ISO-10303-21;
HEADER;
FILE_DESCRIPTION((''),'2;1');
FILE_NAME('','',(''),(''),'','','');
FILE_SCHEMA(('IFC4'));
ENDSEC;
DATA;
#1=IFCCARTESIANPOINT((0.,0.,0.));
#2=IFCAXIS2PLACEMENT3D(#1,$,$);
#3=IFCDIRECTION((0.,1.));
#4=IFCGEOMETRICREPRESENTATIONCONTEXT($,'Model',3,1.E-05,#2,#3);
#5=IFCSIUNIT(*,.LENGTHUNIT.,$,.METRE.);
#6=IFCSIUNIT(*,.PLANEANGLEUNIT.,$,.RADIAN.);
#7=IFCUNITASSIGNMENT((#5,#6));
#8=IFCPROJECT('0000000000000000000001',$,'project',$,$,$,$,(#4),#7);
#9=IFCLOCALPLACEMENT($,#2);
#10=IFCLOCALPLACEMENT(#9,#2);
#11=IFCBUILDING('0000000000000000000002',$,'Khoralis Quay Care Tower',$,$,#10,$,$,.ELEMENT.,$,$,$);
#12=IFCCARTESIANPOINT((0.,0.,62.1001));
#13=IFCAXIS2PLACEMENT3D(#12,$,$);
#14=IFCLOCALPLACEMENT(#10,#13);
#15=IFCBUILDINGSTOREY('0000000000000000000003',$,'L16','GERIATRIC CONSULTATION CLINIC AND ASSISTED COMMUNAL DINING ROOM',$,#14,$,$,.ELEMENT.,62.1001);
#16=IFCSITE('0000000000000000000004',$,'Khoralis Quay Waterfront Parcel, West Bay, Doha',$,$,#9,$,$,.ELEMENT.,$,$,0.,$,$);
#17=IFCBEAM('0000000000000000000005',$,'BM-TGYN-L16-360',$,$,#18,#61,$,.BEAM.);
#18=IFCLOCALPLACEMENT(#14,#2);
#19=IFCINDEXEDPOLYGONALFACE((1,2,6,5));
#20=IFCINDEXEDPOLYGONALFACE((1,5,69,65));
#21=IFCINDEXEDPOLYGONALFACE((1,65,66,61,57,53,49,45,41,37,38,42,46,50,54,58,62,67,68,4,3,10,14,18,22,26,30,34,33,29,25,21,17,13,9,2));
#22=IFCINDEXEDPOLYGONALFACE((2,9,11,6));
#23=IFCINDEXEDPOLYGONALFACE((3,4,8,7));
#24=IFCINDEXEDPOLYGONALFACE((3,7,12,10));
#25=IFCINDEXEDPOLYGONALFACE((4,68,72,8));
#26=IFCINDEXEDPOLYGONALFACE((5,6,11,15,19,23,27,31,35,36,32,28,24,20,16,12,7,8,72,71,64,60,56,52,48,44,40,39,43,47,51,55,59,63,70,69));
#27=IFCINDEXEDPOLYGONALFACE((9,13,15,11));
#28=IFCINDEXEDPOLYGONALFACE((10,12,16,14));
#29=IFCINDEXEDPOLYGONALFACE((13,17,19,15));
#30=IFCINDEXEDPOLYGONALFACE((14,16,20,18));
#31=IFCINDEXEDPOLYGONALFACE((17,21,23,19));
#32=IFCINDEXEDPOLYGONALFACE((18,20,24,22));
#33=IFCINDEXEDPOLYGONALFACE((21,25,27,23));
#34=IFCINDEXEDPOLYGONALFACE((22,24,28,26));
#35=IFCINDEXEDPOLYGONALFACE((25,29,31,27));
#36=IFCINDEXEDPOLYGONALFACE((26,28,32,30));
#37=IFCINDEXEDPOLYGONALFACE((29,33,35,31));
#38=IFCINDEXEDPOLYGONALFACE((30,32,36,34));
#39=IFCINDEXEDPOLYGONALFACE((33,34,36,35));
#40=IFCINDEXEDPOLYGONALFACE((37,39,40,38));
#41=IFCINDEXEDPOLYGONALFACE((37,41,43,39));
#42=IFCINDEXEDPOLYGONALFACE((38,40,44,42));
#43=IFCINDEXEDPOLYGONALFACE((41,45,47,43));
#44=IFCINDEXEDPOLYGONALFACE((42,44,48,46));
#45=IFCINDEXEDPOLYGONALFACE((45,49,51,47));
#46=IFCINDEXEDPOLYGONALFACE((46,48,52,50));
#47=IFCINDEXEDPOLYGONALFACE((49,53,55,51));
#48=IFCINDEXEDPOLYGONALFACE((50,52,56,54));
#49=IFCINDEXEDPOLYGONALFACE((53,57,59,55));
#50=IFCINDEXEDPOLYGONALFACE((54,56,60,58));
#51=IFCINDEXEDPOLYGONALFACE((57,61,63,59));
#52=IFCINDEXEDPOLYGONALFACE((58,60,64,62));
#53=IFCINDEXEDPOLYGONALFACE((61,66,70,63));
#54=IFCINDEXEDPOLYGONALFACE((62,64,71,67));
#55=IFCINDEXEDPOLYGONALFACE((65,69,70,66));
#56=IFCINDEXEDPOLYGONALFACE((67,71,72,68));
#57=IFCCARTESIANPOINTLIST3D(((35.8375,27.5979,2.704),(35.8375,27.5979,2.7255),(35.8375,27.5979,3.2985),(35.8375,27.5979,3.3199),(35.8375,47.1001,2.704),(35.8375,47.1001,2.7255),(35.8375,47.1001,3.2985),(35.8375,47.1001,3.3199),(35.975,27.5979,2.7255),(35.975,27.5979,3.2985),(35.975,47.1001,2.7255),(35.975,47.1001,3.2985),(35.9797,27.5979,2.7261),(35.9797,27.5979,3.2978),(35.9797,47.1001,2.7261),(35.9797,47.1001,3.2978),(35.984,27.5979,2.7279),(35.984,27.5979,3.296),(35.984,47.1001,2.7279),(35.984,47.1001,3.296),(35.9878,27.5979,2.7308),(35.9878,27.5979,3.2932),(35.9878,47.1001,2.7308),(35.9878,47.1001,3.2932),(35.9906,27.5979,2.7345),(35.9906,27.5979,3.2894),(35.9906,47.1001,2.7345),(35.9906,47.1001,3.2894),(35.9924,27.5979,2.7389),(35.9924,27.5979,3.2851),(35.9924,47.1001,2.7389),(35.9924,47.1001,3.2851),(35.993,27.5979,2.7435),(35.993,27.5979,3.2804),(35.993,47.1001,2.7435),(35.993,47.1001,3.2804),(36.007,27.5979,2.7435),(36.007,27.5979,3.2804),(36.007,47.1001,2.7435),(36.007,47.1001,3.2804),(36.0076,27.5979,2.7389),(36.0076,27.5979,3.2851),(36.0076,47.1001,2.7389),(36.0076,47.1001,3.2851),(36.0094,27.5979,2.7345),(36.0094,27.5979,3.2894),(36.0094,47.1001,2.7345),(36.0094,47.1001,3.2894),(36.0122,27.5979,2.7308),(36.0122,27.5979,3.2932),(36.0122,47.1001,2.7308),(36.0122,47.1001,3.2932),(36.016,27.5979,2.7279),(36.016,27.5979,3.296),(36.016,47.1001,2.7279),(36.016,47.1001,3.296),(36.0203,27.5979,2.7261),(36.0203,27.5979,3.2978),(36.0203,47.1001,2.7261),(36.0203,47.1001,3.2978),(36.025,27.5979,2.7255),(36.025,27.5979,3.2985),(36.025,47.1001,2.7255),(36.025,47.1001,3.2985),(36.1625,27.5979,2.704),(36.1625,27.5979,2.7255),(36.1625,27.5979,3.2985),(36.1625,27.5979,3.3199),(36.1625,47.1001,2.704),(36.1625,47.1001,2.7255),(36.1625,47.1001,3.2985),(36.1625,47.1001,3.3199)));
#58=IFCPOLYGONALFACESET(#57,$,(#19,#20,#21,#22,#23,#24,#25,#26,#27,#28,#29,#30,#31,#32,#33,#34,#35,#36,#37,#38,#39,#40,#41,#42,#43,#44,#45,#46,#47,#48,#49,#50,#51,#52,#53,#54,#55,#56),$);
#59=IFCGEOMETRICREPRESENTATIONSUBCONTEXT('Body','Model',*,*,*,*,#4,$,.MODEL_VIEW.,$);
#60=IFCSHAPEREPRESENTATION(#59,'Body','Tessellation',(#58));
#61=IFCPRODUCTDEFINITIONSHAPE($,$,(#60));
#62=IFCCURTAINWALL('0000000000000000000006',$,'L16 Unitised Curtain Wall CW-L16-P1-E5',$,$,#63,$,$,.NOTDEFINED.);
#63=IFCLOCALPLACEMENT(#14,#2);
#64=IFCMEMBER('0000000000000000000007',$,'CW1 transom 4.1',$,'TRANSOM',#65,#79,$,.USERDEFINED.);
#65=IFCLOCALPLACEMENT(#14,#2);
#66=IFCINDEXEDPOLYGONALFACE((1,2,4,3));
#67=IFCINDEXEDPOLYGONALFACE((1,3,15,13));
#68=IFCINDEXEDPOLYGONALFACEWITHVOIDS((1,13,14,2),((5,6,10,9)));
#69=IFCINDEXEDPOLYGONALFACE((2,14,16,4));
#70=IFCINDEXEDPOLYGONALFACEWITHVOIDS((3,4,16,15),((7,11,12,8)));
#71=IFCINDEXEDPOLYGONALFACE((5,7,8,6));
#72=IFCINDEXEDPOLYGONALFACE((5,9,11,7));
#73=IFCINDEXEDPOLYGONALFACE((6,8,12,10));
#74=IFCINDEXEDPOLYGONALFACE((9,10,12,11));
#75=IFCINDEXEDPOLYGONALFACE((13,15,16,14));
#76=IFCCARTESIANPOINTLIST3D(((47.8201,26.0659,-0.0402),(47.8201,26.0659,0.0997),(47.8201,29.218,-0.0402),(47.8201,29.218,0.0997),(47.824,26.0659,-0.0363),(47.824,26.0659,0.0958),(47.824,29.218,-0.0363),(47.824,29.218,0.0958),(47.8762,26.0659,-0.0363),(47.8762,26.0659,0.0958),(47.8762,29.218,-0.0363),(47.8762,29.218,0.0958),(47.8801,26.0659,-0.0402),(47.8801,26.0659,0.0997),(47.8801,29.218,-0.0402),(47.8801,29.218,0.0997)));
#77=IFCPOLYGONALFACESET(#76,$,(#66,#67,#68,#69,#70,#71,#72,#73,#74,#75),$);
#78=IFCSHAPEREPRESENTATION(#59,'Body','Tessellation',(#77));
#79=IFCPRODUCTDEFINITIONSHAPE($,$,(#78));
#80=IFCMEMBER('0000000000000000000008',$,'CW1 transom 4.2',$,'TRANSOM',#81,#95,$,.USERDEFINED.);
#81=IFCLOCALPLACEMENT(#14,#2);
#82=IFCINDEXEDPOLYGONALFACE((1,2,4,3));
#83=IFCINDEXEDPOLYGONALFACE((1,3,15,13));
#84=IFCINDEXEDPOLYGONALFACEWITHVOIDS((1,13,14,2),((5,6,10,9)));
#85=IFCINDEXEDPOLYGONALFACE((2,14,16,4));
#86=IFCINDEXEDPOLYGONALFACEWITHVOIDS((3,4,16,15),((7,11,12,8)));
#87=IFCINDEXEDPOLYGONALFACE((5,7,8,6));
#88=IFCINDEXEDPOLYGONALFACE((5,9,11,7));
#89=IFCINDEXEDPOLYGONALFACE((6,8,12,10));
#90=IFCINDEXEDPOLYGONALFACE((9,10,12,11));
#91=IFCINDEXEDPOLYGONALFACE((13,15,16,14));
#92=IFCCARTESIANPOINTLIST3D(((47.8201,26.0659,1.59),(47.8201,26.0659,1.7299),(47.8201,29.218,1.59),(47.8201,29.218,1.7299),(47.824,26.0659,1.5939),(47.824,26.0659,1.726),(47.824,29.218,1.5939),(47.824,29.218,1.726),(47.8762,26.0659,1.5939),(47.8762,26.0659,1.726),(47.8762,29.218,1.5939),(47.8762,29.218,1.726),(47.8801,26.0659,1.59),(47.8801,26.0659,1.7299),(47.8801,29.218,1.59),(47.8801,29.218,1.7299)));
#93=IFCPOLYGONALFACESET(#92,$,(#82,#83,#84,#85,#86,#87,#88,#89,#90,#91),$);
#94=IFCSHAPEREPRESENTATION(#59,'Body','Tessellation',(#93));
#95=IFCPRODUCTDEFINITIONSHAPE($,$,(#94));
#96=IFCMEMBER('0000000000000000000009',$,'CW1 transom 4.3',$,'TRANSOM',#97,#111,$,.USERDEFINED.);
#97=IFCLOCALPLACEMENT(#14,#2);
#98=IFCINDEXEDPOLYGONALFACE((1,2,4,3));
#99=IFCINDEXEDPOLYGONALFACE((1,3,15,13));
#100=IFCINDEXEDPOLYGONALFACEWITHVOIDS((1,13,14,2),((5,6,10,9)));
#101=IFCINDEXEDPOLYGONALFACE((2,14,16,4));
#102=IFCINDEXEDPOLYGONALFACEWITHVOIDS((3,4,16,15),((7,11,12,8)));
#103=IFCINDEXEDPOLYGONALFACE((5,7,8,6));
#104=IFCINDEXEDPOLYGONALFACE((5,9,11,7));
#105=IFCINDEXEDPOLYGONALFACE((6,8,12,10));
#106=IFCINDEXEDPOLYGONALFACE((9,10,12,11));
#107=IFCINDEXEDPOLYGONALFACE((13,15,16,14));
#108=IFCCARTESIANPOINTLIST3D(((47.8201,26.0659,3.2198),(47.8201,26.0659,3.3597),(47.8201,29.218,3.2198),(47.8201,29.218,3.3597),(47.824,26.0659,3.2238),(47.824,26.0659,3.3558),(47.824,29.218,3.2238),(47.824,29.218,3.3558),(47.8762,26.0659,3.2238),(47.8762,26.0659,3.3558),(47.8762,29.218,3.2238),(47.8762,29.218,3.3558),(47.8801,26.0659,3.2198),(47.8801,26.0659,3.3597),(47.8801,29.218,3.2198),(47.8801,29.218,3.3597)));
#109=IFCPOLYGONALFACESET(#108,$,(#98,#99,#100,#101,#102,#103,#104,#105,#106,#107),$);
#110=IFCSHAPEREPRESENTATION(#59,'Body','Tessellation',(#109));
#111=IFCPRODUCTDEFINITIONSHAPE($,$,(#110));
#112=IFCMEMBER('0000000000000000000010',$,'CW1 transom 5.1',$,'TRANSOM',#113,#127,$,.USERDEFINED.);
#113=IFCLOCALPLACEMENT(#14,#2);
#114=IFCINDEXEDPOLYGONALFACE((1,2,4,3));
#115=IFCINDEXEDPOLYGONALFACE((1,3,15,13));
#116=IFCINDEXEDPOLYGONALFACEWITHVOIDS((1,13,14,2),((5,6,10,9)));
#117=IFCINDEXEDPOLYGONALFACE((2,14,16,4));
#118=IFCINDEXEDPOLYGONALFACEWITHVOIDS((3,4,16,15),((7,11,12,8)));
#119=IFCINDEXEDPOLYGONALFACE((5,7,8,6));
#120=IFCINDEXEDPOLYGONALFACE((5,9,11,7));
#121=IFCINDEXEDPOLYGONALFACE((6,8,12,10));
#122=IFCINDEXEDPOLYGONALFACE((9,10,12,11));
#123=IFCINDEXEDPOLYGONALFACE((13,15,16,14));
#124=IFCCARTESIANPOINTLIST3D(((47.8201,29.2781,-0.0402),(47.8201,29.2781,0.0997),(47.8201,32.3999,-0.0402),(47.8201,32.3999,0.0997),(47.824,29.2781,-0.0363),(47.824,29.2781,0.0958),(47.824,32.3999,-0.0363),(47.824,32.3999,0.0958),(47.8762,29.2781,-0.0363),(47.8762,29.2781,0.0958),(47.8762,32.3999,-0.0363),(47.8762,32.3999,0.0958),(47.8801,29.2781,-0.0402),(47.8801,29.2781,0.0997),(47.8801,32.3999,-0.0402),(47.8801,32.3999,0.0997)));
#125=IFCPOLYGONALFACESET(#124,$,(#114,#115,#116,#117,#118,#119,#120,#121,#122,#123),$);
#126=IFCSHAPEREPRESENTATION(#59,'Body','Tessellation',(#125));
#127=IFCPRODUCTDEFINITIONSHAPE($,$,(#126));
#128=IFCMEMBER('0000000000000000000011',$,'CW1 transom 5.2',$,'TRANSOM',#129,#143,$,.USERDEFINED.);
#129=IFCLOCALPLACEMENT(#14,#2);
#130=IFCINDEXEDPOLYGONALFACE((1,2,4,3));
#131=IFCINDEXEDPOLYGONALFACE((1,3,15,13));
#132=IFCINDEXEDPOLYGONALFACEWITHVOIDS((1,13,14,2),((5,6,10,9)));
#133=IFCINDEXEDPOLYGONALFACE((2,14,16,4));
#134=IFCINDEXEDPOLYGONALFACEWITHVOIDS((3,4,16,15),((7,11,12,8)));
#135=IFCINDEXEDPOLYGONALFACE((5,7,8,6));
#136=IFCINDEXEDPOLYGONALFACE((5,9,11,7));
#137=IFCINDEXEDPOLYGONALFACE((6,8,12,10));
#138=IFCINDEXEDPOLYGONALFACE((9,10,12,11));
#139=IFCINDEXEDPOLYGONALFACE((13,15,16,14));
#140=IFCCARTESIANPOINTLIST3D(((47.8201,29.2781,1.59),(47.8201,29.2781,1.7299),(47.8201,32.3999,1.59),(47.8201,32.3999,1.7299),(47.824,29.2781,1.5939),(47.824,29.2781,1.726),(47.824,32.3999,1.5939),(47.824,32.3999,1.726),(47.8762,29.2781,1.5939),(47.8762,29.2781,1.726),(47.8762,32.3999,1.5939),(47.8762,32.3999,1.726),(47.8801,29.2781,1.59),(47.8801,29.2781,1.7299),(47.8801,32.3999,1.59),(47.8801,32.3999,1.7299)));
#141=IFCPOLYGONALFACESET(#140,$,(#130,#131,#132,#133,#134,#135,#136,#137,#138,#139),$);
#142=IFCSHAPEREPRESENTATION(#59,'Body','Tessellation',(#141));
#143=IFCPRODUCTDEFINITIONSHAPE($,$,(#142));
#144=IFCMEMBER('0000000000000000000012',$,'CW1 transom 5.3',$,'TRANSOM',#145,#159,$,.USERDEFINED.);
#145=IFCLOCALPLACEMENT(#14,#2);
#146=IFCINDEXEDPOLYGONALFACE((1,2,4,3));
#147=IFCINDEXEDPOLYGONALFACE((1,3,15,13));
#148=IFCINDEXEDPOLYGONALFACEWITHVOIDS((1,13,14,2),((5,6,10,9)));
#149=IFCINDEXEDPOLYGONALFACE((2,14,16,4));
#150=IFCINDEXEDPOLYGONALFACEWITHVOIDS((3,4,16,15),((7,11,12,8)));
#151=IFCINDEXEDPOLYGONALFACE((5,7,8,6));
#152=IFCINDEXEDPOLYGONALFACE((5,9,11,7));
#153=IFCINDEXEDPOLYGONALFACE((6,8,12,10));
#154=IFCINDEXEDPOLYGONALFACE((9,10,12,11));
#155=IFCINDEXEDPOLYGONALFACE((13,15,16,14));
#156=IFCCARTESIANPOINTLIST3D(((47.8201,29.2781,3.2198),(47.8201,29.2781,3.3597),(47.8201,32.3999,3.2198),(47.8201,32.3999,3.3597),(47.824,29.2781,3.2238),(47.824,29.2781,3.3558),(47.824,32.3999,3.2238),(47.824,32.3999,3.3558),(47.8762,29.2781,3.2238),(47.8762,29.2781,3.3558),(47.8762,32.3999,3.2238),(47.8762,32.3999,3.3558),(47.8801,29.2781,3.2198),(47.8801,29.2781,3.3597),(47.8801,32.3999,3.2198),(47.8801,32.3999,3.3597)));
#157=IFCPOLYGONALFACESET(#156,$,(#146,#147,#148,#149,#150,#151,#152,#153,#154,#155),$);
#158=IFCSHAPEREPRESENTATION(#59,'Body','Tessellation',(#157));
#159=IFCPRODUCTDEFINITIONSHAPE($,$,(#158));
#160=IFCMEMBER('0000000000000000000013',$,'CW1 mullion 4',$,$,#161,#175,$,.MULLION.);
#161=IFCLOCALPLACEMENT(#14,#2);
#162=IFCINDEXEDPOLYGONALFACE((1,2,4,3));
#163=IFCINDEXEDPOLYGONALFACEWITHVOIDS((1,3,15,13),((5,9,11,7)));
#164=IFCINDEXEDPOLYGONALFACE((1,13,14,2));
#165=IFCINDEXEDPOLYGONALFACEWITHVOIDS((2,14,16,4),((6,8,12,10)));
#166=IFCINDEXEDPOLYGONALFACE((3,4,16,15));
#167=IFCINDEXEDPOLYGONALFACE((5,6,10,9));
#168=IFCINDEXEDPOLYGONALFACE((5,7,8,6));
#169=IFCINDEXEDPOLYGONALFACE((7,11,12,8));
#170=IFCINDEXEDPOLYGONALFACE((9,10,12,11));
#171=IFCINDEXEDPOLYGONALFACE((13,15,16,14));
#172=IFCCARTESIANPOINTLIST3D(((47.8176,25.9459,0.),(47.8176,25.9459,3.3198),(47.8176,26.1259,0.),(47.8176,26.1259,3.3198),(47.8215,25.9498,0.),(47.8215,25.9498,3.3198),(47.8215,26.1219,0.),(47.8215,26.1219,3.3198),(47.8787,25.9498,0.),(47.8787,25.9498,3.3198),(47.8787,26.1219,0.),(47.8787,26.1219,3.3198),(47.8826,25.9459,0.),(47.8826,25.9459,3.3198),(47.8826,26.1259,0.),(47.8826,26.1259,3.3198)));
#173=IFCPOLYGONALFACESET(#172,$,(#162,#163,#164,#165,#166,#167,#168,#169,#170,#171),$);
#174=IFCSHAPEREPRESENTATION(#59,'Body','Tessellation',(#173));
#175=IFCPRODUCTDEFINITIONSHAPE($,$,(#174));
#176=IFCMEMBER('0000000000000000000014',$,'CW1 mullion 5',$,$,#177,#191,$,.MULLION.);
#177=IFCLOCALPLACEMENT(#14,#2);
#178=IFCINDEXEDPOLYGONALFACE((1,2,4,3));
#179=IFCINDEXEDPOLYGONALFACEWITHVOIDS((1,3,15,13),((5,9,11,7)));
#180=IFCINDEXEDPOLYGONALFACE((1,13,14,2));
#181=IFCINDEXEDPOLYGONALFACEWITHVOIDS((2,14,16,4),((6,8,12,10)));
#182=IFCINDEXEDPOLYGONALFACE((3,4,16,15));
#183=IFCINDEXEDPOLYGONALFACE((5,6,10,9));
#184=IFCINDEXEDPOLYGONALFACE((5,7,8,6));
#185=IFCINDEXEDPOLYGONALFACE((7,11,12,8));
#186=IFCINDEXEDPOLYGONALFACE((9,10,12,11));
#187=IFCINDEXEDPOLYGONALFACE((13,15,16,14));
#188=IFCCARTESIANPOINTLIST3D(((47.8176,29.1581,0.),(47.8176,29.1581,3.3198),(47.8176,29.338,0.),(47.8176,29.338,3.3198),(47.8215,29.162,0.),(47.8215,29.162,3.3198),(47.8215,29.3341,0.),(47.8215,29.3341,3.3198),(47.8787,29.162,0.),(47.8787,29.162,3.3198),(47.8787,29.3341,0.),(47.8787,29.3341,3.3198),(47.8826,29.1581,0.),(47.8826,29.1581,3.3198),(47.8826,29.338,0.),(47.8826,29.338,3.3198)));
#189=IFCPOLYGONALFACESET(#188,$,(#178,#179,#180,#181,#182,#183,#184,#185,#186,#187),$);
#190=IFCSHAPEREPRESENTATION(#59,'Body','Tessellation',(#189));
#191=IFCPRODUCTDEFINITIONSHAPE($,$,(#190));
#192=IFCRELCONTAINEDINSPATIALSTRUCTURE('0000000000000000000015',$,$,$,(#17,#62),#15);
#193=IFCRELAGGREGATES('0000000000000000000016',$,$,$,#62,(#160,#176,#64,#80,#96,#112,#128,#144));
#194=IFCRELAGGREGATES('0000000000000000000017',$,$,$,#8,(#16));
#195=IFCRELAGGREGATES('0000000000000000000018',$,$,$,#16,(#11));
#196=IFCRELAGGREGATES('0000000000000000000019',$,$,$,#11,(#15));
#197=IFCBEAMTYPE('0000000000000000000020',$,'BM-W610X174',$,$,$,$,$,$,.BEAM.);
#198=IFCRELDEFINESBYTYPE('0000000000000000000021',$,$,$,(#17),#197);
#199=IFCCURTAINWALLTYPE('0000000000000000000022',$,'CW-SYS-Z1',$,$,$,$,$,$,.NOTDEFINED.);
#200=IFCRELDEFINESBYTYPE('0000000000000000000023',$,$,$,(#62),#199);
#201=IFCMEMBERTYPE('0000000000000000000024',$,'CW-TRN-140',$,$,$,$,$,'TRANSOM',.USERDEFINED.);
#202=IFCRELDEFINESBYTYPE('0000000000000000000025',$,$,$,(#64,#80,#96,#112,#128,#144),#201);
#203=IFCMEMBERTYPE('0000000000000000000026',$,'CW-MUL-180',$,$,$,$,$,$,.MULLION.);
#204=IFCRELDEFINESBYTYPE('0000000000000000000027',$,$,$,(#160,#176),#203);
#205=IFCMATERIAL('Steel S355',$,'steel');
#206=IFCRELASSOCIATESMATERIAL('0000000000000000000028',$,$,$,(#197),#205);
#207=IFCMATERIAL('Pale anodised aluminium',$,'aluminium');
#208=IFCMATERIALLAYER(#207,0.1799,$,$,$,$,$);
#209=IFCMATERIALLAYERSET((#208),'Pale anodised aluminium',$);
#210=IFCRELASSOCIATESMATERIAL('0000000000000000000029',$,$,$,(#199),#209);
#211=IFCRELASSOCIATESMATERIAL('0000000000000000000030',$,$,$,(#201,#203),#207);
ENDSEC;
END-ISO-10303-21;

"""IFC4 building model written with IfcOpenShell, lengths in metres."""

from ifc_helpers import new_model, si_unit, direction, frame, origin, origin_2d, place, context, subcontext, project, spatial, hollow_rectangle, i_section, extrude, source, transform, mapped, material, layer, layer_set, material_profile, profile_set, type_object, element, aggregate, save


model = new_model("IFC4")

# Units and contexts
model_context = context("Model", 3, precision=1e-05, world=origin(), true_north=direction((0.0, 1.0)))
body_context = subcontext(model_context, "Body", "Model", "MODEL_VIEW")
ifc_project = project(units=[si_unit("LENGTHUNIT", "METRE"), si_unit("PLANEANGLEUNIT", "RADIAN")], contexts=[model_context])

# Site, building, storey
site_placement = place(None, origin())
site = spatial("IfcSite", under=ifc_project, at=site_placement, Name="Khoralis Quay Waterfront Parcel, West Bay, Doha", CompositionType="ELEMENT", RefElevation=0.0)
building_placement = place(site_placement, origin())
building = spatial("IfcBuilding", under=site, at=building_placement, Name="Khoralis Quay Care Tower", CompositionType="ELEMENT")
storey_placement = place(building_placement, frame((0.0, 0.0, 62.1001)))
storey = spatial("IfcBuildingStorey", under=building, at=storey_placement, Name="L16", Description="GERIATRIC CONSULTATION CLINIC AND ASSISTED COMMUNAL DINING ROOM", CompositionType="ELEMENT", Elevation=62.1001)

# Beam
ifc_material_1 = material(Name="Steel S355", Category="steel")
ifc_material_profile_1 = material_profile(ifc_material_1, i_section(OverallWidth=0.325, OverallDepth=0.616, WebThickness=0.0139, FlangeThickness=0.0215, FilletRadius=0.0181, at=origin_2d()), Name="Steel S355")
ifc_profile_set_1 = profile_set([ifc_material_profile_1], Name="Steel S355")
beam_type_1 = type_object("IfcBeamType", Name="BM-W610X174", PredefinedType="BEAM", material=ifc_profile_set_1)
shared_shape_1 = source(origin(), body_context, "Body", "SweptSolid", [
    extrude(i_section(OverallWidth=0.325, OverallDepth=0.616, WebThickness=0.0139, FlangeThickness=0.0215, FilletRadius=0.0181, at=origin_2d()), origin(), (0.0, 0.0, 1.0), 19.5022),
])
beam_1_placement = place(storey_placement, frame((36.0, 27.5979, 3.012), z_axis=(0.0, 1.0, 0.0), x_axis=(-1.0, 0.0, 0.0)))
element("IfcBeam", 1, at=beam_1_placement, inside=storey, type_object=beam_type_1, Name="BM-TGYN-L16-360", PredefinedType="BEAM", context=body_context, shape_type="MappedRepresentation", body=[
    mapped(shared_shape_1, transform((0.0, 0.0, 0.0), scale=1.0)),
])

# Curtain wall, members
ifc_material_2 = material(Name="Pale anodised aluminium", Category="aluminium")
ifc_layer_1 = layer(ifc_material_2, 0.1799)
ifc_layer_set_1 = layer_set([ifc_layer_1], Name="Pale anodised aluminium")
curtain_wall_type = type_object("IfcCurtainWallType", Name="CW-SYS-Z1", PredefinedType="NOTDEFINED", material=ifc_layer_set_1)
curtain_wall_placement = place(storey_placement, origin())
curtain_wall = element("IfcCurtainWall", 2, at=curtain_wall_placement, inside=storey, type_object=curtain_wall_type, Name="L16 Unitised Curtain Wall CW-L16-P1-E5", PredefinedType="NOTDEFINED")
ifc_material_profile_2 = material_profile(ifc_material_2, hollow_rectangle(XDim=0.0601, YDim=0.1399, WallThickness=0.0039, at=origin_2d()), Name="Pale anodised aluminium")
ifc_profile_set_2 = profile_set([ifc_material_profile_2], Name="Pale anodised aluminium")
member_type_1 = type_object("IfcMemberType", Name="CW-TRN-140", ElementType="TRANSOM", PredefinedType="USERDEFINED", material=ifc_profile_set_2)
shared_shape_2 = source(origin(), body_context, "Body", "SweptSolid", [
    extrude(hollow_rectangle(XDim=0.0601, YDim=0.1399, WallThickness=0.0039, at=origin_2d()), origin(), (0.0, 0.0, 1.0), 3.1521),
])
member_1_placement = place(storey_placement, frame((47.8501, 26.0659, 0.0298), z_axis=(0.0, 1.0, 0.0), x_axis=(-1.0, 0.0, 0.0)))
member_1 = element("IfcMember", 3, at=member_1_placement, type_object=member_type_1, Name="CW1 transom 4.1", ObjectType="TRANSOM", PredefinedType="USERDEFINED", context=body_context, shape_type="MappedRepresentation", body=[
    mapped(shared_shape_2, transform((0.0, 0.0, 0.0), scale=1.0)),
])
member_2_placement = place(storey_placement, frame((47.8501, 26.0659, 1.6599), z_axis=(0.0, 1.0, 0.0), x_axis=(-1.0, 0.0, 0.0)))
member_2 = element("IfcMember", 4, at=member_2_placement, type_object=member_type_1, Name="CW1 transom 4.2", ObjectType="TRANSOM", PredefinedType="USERDEFINED", context=body_context, shape_type="MappedRepresentation", body=[
    mapped(shared_shape_2, transform((0.0, 0.0, 0.0), scale=1.0)),
])
member_3_placement = place(storey_placement, frame((47.8501, 26.0659, 3.2898), z_axis=(0.0, 1.0, 0.0), x_axis=(-1.0, 0.0, 0.0)))
member_3 = element("IfcMember", 5, at=member_3_placement, type_object=member_type_1, Name="CW1 transom 4.3", ObjectType="TRANSOM", PredefinedType="USERDEFINED", context=body_context, shape_type="MappedRepresentation", body=[
    mapped(shared_shape_2, transform((0.0, 0.0, 0.0), scale=1.0)),
])
shared_shape_3 = source(origin(), body_context, "Body", "SweptSolid", [
    extrude(hollow_rectangle(XDim=0.0601, YDim=0.1399, WallThickness=0.0039, at=origin_2d()), origin(), (0.0, 0.0, 1.0), 3.1218),
])
member_4_placement = place(storey_placement, frame((47.8501, 29.2781, 0.0298), z_axis=(0.0, 1.0, 0.0), x_axis=(-1.0, 0.0, 0.0)))
member_4 = element("IfcMember", 6, at=member_4_placement, type_object=member_type_1, Name="CW1 transom 5.1", ObjectType="TRANSOM", PredefinedType="USERDEFINED", context=body_context, shape_type="MappedRepresentation", body=[
    mapped(shared_shape_3, transform((0.0, 0.0, 0.0), scale=1.0)),
])
member_5_placement = place(storey_placement, frame((47.8501, 29.2781, 1.6599), z_axis=(0.0, 1.0, 0.0), x_axis=(-1.0, 0.0, 0.0)))
member_5 = element("IfcMember", 7, at=member_5_placement, type_object=member_type_1, Name="CW1 transom 5.2", ObjectType="TRANSOM", PredefinedType="USERDEFINED", context=body_context, shape_type="MappedRepresentation", body=[
    mapped(shared_shape_3, transform((0.0, 0.0, 0.0), scale=1.0)),
])
member_6_placement = place(storey_placement, frame((47.8501, 29.2781, 3.2898), z_axis=(0.0, 1.0, 0.0), x_axis=(-1.0, 0.0, 0.0)))
member_6 = element("IfcMember", 8, at=member_6_placement, type_object=member_type_1, Name="CW1 transom 5.3", ObjectType="TRANSOM", PredefinedType="USERDEFINED", context=body_context, shape_type="MappedRepresentation", body=[
    mapped(shared_shape_3, transform((0.0, 0.0, 0.0), scale=1.0)),
])
ifc_material_profile_3 = material_profile(ifc_material_2, hollow_rectangle(XDim=0.0649, YDim=0.1799, WallThickness=0.0039, at=origin_2d()), Name="Pale anodised aluminium")
ifc_profile_set_3 = profile_set([ifc_material_profile_3], Name="Pale anodised aluminium")
member_type_2 = type_object("IfcMemberType", Name="CW-MUL-180", PredefinedType="MULLION", material=ifc_profile_set_3)
shared_shape_4 = source(origin(), body_context, "Body", "SweptSolid", [
    extrude(hollow_rectangle(XDim=0.0649, YDim=0.1799, WallThickness=0.0039, at=origin_2d()), origin(), (0.0, 0.0, 1.0), 3.3198),
])
member_7_placement = place(storey_placement, frame((47.8501, 26.0359, 0.0), z_axis=(0.0, 0.0, 1.0), x_axis=(-1.0, 0.0, 0.0)))
member_7 = element("IfcMember", 9, at=member_7_placement, type_object=member_type_2, Name="CW1 mullion 4", PredefinedType="MULLION", context=body_context, shape_type="MappedRepresentation", body=[
    mapped(shared_shape_4, transform((0.0, 0.0, 0.0), scale=1.0)),
])
member_8_placement = place(storey_placement, frame((47.8501, 29.248, 0.0), z_axis=(0.0, 0.0, 1.0), x_axis=(-1.0, 0.0, 0.0)))
member_8 = element("IfcMember", 10, at=member_8_placement, type_object=member_type_2, Name="CW1 mullion 5", PredefinedType="MULLION", context=body_context, shape_type="MappedRepresentation", body=[
    mapped(shared_shape_4, transform((0.0, 0.0, 0.0), scale=1.0)),
])
aggregate(curtain_wall, [member_7, member_8, member_1, member_2, member_3, member_4, member_5, member_6])

save(model, "model.ifc")
